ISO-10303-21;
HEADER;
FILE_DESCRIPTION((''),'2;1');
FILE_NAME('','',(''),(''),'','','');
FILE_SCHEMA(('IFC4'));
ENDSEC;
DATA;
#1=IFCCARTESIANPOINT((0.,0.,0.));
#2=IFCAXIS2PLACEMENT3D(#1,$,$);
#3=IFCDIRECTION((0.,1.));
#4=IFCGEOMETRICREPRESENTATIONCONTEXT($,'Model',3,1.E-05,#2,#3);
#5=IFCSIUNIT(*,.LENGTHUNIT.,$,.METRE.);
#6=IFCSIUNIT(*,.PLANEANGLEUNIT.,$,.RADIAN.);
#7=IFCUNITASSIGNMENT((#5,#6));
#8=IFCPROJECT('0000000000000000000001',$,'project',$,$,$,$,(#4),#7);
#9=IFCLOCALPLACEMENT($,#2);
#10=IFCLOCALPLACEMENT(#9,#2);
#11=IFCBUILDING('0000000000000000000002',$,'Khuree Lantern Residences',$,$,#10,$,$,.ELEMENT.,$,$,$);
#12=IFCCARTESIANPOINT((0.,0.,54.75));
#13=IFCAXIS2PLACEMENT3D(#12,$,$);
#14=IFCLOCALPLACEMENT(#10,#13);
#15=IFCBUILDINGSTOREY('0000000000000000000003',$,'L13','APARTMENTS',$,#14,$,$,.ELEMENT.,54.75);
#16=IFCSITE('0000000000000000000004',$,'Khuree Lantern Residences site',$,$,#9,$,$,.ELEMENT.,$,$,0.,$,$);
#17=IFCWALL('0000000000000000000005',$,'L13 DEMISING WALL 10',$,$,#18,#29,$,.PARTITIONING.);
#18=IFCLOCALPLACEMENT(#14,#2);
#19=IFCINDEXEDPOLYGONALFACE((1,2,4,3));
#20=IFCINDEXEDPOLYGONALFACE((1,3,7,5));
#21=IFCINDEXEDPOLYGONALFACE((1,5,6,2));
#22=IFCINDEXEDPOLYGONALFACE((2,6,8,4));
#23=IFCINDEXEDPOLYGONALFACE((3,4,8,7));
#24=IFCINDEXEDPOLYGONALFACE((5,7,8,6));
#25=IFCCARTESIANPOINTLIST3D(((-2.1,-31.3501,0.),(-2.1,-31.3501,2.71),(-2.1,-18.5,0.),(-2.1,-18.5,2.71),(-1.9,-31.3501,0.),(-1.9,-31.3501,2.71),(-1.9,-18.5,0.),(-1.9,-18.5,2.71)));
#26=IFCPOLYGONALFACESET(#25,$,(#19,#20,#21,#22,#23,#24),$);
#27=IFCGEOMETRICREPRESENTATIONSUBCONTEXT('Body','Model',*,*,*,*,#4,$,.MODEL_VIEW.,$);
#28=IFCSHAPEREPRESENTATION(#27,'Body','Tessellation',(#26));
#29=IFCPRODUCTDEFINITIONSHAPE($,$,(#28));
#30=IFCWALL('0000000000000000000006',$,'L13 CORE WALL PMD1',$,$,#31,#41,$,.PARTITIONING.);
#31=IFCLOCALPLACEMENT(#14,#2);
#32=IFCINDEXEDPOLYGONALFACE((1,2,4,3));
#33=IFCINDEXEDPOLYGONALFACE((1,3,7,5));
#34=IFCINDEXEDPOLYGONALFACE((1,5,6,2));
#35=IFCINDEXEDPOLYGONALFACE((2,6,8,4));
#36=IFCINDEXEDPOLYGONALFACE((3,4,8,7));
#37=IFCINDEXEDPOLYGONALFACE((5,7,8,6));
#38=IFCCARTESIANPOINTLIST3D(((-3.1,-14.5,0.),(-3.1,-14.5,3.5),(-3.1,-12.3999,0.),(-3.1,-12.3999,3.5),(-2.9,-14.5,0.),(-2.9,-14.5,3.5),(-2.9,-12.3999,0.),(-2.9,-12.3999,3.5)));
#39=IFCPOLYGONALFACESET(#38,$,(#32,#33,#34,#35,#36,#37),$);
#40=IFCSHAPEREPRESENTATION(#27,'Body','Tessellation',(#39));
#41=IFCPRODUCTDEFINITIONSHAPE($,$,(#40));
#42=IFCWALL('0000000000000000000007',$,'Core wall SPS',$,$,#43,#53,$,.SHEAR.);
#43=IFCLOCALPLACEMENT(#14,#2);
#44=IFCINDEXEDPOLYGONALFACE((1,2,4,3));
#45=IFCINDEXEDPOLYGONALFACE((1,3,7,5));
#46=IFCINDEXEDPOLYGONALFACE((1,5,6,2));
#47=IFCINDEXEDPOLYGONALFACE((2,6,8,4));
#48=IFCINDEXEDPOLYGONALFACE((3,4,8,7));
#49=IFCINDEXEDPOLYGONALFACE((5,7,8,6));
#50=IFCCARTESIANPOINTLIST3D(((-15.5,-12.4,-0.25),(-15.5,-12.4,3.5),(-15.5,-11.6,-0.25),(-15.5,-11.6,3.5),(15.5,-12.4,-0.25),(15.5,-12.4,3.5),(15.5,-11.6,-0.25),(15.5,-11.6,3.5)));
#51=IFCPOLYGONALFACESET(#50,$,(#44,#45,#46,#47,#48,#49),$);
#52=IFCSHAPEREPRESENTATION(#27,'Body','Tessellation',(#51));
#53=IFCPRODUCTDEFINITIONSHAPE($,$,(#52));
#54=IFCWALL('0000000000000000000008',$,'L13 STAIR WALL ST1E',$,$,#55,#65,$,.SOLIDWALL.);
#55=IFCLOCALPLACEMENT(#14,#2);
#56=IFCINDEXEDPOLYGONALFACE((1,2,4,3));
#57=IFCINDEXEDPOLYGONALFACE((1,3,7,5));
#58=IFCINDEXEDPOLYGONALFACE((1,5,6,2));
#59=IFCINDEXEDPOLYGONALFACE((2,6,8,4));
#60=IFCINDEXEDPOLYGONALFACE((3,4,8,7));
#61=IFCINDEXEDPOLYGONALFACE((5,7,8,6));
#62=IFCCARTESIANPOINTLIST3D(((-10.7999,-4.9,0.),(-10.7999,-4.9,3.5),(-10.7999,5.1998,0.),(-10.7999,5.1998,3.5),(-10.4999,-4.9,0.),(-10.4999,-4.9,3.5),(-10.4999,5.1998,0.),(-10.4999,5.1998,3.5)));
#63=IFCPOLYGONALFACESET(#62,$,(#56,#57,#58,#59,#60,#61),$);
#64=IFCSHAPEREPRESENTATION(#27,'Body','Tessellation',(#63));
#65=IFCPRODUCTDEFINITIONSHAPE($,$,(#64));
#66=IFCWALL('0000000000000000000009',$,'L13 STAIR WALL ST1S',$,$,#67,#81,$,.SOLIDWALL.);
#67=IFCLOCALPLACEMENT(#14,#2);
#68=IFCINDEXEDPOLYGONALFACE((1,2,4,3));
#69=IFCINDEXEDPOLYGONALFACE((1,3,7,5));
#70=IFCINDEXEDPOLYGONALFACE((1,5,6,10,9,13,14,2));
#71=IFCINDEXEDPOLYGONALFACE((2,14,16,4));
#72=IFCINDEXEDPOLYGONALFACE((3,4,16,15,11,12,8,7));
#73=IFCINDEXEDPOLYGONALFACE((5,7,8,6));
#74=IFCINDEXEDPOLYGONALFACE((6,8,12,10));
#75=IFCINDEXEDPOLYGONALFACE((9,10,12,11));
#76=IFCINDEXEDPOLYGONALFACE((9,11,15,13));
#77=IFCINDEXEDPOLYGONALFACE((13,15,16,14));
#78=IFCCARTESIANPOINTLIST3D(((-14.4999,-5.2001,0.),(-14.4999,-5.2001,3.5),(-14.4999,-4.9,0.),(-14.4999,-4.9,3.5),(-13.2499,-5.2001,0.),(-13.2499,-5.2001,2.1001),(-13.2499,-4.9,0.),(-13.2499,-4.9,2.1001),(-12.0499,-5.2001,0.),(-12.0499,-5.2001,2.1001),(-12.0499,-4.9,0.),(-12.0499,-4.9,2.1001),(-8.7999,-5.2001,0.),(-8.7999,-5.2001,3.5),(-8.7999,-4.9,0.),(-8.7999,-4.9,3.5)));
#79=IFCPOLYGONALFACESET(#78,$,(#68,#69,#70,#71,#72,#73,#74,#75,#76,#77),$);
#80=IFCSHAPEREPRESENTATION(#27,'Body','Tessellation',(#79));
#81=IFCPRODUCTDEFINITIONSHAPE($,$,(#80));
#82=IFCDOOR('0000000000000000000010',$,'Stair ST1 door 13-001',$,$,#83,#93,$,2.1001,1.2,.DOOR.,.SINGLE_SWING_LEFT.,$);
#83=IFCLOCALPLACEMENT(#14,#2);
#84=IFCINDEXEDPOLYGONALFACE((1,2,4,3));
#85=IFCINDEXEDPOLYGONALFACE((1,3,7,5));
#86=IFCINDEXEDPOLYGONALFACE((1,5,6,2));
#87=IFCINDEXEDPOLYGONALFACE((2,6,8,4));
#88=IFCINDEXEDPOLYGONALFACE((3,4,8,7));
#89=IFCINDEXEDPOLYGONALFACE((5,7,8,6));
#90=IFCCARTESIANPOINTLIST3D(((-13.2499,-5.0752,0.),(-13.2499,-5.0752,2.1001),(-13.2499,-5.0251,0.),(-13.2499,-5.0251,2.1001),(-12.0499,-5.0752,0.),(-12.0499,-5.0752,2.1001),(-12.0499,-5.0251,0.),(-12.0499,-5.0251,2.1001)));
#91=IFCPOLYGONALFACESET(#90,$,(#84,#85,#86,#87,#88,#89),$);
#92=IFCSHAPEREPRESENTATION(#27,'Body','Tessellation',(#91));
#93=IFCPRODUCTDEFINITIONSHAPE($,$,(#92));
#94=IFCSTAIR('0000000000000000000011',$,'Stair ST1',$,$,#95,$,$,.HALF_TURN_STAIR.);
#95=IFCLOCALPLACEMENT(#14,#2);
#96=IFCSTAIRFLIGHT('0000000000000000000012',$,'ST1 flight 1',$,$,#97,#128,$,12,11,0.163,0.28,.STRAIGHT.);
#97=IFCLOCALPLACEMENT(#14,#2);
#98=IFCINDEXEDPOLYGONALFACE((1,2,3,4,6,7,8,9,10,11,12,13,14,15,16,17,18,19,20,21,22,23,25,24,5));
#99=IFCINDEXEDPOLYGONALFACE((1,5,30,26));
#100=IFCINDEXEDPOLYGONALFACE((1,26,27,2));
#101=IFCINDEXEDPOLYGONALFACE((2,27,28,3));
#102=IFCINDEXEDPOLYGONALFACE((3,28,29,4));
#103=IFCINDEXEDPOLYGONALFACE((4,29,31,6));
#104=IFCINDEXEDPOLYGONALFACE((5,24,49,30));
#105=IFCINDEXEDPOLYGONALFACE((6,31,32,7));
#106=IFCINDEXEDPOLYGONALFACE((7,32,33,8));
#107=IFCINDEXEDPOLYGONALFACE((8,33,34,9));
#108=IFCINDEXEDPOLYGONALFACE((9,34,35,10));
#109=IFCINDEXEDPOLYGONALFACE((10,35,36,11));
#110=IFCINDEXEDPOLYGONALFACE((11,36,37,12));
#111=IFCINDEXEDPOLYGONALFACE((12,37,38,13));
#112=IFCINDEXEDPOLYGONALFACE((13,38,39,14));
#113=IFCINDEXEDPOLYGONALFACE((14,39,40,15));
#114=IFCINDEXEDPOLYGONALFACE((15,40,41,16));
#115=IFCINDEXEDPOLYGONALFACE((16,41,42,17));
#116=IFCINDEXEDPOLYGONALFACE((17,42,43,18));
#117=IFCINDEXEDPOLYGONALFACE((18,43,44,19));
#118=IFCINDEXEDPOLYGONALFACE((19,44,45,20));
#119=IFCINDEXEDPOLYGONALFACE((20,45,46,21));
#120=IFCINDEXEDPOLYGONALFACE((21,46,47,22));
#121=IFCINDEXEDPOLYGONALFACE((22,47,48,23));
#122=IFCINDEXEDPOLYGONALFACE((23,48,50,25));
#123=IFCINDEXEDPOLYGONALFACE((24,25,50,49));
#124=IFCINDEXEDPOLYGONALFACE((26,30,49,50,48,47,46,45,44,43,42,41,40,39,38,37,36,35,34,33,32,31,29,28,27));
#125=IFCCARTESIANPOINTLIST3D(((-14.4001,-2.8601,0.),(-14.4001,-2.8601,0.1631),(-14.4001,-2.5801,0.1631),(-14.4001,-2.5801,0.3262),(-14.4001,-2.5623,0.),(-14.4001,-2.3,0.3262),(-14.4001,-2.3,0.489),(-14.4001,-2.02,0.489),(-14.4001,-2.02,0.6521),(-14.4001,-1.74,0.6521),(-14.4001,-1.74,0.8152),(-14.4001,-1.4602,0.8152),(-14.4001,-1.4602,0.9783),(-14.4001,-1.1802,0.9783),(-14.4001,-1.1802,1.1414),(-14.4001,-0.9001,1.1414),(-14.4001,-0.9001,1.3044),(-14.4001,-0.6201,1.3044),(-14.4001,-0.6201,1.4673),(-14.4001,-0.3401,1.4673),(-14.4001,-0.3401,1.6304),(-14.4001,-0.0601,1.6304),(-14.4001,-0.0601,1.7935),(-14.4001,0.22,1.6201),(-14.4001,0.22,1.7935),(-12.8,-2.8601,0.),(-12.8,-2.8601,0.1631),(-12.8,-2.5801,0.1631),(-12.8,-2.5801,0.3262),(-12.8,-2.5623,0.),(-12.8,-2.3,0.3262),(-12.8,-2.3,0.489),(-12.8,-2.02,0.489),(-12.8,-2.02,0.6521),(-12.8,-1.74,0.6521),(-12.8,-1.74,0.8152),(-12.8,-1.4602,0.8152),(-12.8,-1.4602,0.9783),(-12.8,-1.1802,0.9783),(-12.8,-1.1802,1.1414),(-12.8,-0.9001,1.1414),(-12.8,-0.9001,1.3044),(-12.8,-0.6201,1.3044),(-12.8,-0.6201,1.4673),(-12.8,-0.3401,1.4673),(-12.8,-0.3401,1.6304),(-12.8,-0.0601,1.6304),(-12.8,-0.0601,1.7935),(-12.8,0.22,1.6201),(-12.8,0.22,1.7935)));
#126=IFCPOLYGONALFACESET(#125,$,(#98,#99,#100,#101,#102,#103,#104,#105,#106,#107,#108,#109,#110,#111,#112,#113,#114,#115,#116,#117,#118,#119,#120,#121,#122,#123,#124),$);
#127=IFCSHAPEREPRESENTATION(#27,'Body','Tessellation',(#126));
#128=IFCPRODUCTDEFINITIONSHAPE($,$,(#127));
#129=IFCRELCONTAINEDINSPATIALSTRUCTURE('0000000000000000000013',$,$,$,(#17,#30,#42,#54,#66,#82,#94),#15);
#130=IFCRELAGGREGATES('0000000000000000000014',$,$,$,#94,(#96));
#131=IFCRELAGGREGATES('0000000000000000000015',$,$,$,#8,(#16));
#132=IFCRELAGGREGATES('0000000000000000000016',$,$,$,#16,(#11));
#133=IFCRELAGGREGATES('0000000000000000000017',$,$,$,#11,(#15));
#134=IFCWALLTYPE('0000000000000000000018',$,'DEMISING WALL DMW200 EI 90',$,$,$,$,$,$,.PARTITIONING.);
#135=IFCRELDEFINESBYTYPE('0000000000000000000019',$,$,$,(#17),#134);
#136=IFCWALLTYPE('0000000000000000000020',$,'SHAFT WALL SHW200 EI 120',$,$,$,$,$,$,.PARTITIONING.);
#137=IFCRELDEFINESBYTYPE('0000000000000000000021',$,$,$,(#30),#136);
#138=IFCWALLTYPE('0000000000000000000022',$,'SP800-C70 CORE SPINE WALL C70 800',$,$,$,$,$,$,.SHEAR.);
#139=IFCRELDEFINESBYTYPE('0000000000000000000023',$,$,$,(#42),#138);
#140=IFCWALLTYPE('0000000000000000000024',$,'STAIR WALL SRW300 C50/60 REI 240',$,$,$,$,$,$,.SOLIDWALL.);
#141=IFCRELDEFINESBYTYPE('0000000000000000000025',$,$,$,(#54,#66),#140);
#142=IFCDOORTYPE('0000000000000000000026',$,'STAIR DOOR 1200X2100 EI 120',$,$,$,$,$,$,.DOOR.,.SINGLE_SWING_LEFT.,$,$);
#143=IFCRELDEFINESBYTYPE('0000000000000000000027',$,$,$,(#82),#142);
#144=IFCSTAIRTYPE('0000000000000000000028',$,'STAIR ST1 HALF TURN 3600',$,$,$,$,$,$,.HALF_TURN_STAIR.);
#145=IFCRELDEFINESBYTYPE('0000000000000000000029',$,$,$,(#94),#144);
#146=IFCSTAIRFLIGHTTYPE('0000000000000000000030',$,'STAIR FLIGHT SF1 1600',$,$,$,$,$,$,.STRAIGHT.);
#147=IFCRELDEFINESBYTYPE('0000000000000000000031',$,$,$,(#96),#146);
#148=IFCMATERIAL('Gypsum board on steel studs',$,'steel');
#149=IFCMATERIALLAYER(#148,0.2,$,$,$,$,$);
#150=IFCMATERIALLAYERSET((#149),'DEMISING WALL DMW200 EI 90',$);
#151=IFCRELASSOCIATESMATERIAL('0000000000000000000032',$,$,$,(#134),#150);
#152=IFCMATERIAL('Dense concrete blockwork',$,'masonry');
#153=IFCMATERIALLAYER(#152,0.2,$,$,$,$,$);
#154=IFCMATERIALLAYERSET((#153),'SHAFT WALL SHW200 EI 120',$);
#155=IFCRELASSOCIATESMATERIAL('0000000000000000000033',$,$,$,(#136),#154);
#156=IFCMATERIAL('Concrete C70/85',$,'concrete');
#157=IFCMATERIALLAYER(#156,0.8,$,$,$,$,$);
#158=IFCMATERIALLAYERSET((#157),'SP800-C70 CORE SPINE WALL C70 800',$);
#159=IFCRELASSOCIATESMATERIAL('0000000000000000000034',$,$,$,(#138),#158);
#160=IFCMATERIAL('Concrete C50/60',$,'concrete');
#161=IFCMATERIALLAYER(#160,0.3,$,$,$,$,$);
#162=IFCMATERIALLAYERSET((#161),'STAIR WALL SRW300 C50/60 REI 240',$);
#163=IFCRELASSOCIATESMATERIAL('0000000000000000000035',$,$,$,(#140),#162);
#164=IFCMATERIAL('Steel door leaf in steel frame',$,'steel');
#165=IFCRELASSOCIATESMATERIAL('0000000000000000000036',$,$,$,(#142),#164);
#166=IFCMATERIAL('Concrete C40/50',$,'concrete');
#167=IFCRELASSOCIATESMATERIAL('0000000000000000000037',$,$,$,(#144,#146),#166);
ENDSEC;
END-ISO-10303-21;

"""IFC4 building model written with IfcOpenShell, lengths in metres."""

from ifc_helpers import new_model, si_unit, direction, frame, frame_2d, origin, place, context, subcontext, project, spatial, polyline, rectangle, outline, extrude, material, layer, layer_set, type_object, element, fill, aggregate, save


model = new_model("IFC4")

# Units and contexts
model_context = context("Model", 3, precision=1e-05, world=origin(), true_north=direction((0.0, 1.0)))
body_context = subcontext(model_context, "Body", "Model", "MODEL_VIEW")
ifc_project = project(units=[si_unit("LENGTHUNIT", "METRE"), si_unit("PLANEANGLEUNIT", "RADIAN")], contexts=[model_context])

# Site, building, storey
site_placement = place(None, origin())
site = spatial("IfcSite", under=ifc_project, at=site_placement, Name="Khuree Lantern Residences site", CompositionType="ELEMENT", RefElevation=0.0)
building_placement = place(site_placement, origin())
building = spatial("IfcBuilding", under=site, at=building_placement, Name="Khuree Lantern Residences", CompositionType="ELEMENT")
storey_placement = place(building_placement, frame((0.0, 0.0, 54.75)))
storey = spatial("IfcBuildingStorey", under=building, at=storey_placement, Name="L13", Description="APARTMENTS", CompositionType="ELEMENT", Elevation=54.75)

# Shared definitions
ifc_material_1 = material(Name="Concrete C70/85", Category="concrete")

# Shared definitions
ifc_material_2 = material(Name="Dense concrete blockwork", Category="masonry")

# Shared definitions
ifc_material_3 = material(Name="Steel door leaf in steel frame", Category="steel")

# Shared definitions
ifc_material_4 = material(Name="Gypsum board on steel studs", Category="steel")

# Walls
ifc_layer_1 = layer(ifc_material_4, 0.2)
ifc_layer_set_1 = layer_set([ifc_layer_1], Name="DEMISING WALL DMW200 EI 90")
wall_type_1 = type_object("IfcWallType", Name="DEMISING WALL DMW200 EI 90", PredefinedType="PARTITIONING", material=ifc_layer_set_1)
wall_1_placement = place(storey_placement, frame((-2.0, -18.5, 0.0), z_axis=(0.0, 0.0, 1.0), x_axis=(0.0, -1.0, 0.0)))
element("IfcWall", 1, at=wall_1_placement, inside=storey, type_object=wall_type_1, Name="L13 DEMISING WALL 10", PredefinedType="PARTITIONING", context=body_context, shape_type="SweptSolid", body=[
    extrude(rectangle(XDim=12.8501, YDim=0.2, at=frame_2d((6.425, 0.0))), origin(), (0.0, 0.0, 1.0), 2.71),
])
ifc_layer_2 = layer(ifc_material_2, 0.2)
ifc_layer_set_2 = layer_set([ifc_layer_2], Name="SHAFT WALL SHW200 EI 120")
wall_type_2 = type_object("IfcWallType", Name="SHAFT WALL SHW200 EI 120", PredefinedType="PARTITIONING", material=ifc_layer_set_2)
wall_2_placement = place(storey_placement, frame((-3.0, -14.5, 0.0), z_axis=(0.0, 0.0, 1.0), x_axis=(0.0, 1.0, 0.0)))
element("IfcWall", 2, at=wall_2_placement, inside=storey, type_object=wall_type_2, Name="L13 CORE WALL PMD1", PredefinedType="PARTITIONING", context=body_context, shape_type="SweptSolid", body=[
    extrude(rectangle(XDim=2.1001, YDim=0.2, at=frame_2d((1.05, 0.0))), origin(), (0.0, 0.0, 1.0), 3.5),
])
ifc_layer_3 = layer(ifc_material_1, 0.8)
ifc_layer_set_3 = layer_set([ifc_layer_3], Name="SP800-C70 CORE SPINE WALL C70 800")
wall_type_3 = type_object("IfcWallType", Name="SP800-C70 CORE SPINE WALL C70 800", PredefinedType="SHEAR", material=ifc_layer_set_3)
wall_3_placement = place(storey_placement, frame((-15.5, -12.0, -0.25), z_axis=(0.0, 0.0, 1.0), x_axis=(1.0, 0.0, 0.0)))
element("IfcWall", 3, at=wall_3_placement, inside=storey, type_object=wall_type_3, Name="Core wall SPS", PredefinedType="SHEAR", context=body_context, shape_type="SweptSolid", body=[
    extrude(rectangle(XDim=31.0, YDim=0.8, at=frame_2d((15.5, 0.0))), origin(), (0.0, 0.0, 1.0), 3.75),
])
ifc_material_5 = material(Name="Concrete C50/60", Category="concrete")
ifc_layer_4 = layer(ifc_material_5, 0.3)
ifc_layer_set_4 = layer_set([ifc_layer_4], Name="STAIR WALL SRW300 C50/60 REI 240")
wall_type_4 = type_object("IfcWallType", Name="STAIR WALL SRW300 C50/60 REI 240", PredefinedType="SOLIDWALL", material=ifc_layer_set_4)
wall_4_placement = place(storey_placement, frame((-10.6499, -4.8999, 0.0), z_axis=(0.0, 0.0, 1.0), x_axis=(0.0, 1.0, 0.0)))
element("IfcWall", 4, at=wall_4_placement, inside=storey, type_object=wall_type_4, Name="L13 STAIR WALL ST1E", PredefinedType="SOLIDWALL", context=body_context, shape_type="SweptSolid", body=[
    extrude(rectangle(XDim=10.0999, YDim=0.3, at=frame_2d((5.0498, 0.0))), origin(), (0.0, 0.0, 1.0), 3.5),
])

# Wall, opening, door
wall_5_placement = place(storey_placement, frame((-14.5, -5.05, 0.0), z_axis=(0.0, 0.0, 1.0), x_axis=(1.0, 0.0, 0.0)))
wall_5 = element("IfcWall", 5, at=wall_5_placement, inside=storey, type_object=wall_type_4, Name="L13 STAIR WALL ST1S", PredefinedType="SOLIDWALL", context=body_context, shape_type="SweptSolid", body=[
    extrude(rectangle(XDim=5.7, YDim=0.3, at=frame_2d((2.8501, 0.0))), origin(), (0.0, 0.0, 1.0), 3.5),
])
opening_1_placement = place(wall_5_placement, frame((1.25, 0.0, 0.0)))
opening_1 = element("IfcOpeningElement", 6, at=opening_1_placement, cuts=wall_5, PredefinedType="OPENING", context=body_context, shape_type="SweptSolid", body=[
    extrude(rectangle(XDim=1.2, YDim=2.1001, at=frame_2d((0.6001, 1.05))), frame((0.0, 0.1602, 0.0), z_axis=(0.0, -1.0, 0.0), x_axis=(1.0, 0.0, 0.0)), (0.0, 0.0, 1.0), 0.3201),
])
door_type_1 = type_object("IfcDoorType", Name="STAIR DOOR 1200X2100 EI 120", OperationType="SINGLE_SWING_LEFT", PredefinedType="DOOR", material=ifc_material_3)
door_1_placement = place(opening_1_placement, origin())
door_1 = element("IfcDoor", 7, at=door_1_placement, inside=storey, type_object=door_type_1, Name="Stair ST1 door 13-001", OperationType="SINGLE_SWING_LEFT", OverallHeight=2.1001, OverallWidth=1.2, PredefinedType="DOOR", context=body_context, shape_type="SweptSolid", body=[
    extrude(rectangle(XDim=1.2, YDim=2.1001, at=frame_2d((0.6001, 1.05))), frame((0.0, 0.0249, 0.0), z_axis=(0.0, -1.0, 0.0), x_axis=(1.0, 0.0, 0.0)), (0.0, 0.0, 1.0), 0.05),
])
fill(opening_1, door_1)

# Stair, stair flight
ifc_material_6 = material(Name="Concrete C40/50", Category="concrete")
stair_type = type_object("IfcStairType", Name="STAIR ST1 HALF TURN 3600", PredefinedType="HALF_TURN_STAIR", material=ifc_material_6)
stair_placement = place(storey_placement, origin())
stair = element("IfcStair", 8, at=stair_placement, inside=storey, type_object=stair_type, Name="Stair ST1", PredefinedType="HALF_TURN_STAIR")
stair_flight_type = type_object("IfcStairFlightType", Name="STAIR FLIGHT SF1 1600", PredefinedType="STRAIGHT", material=ifc_material_6)
stair_flight_placement = place(storey_placement, frame((-13.6001, -2.8601, 0.0), z_axis=(0.0, 0.0, 1.0), x_axis=(0.0, 1.0, 0.0)))
stair_flight = element("IfcStairFlight", 9, at=stair_flight_placement, type_object=stair_flight_type, Name="ST1 flight 1", NumberOfRisers=12, NumberOfTreads=11, PredefinedType="STRAIGHT", RiserHeight=0.163, TreadLength=0.28, context=body_context, shape_type="SweptSolid", body=[
    extrude(outline(polyline([(0.0, 0.0), (0.0, 0.1631), (0.28, 0.1631), (0.28, 0.3262), (0.5601, 0.3262), (0.5601, 0.489), (0.8401, 0.489), (0.8401, 0.6521), (1.1201, 0.6521), (1.1201, 0.8152), (1.3999, 0.8152), (1.3999, 0.9783), (1.6799, 0.9783), (1.6799, 1.1414), (1.96, 1.1414), (1.96, 1.3044), (2.24, 1.3044), (2.24, 1.4673), (2.52, 1.4673), (2.52, 1.6304), (2.8, 1.6304), (2.8, 1.7935), (3.0801, 1.7935), (3.0801, 1.9565), (3.0801, 1.6201), (0.2979, 0.0), (0.0, 0.0)])), frame((0.0, 0.8, 0.0), z_axis=(0.0, -1.0, 0.0), x_axis=(1.0, 0.0, 0.0)), (0.0, 0.0, 1.0), 1.6001),
])
aggregate(stair, [stair_flight])

save(model, "model.ifc")
